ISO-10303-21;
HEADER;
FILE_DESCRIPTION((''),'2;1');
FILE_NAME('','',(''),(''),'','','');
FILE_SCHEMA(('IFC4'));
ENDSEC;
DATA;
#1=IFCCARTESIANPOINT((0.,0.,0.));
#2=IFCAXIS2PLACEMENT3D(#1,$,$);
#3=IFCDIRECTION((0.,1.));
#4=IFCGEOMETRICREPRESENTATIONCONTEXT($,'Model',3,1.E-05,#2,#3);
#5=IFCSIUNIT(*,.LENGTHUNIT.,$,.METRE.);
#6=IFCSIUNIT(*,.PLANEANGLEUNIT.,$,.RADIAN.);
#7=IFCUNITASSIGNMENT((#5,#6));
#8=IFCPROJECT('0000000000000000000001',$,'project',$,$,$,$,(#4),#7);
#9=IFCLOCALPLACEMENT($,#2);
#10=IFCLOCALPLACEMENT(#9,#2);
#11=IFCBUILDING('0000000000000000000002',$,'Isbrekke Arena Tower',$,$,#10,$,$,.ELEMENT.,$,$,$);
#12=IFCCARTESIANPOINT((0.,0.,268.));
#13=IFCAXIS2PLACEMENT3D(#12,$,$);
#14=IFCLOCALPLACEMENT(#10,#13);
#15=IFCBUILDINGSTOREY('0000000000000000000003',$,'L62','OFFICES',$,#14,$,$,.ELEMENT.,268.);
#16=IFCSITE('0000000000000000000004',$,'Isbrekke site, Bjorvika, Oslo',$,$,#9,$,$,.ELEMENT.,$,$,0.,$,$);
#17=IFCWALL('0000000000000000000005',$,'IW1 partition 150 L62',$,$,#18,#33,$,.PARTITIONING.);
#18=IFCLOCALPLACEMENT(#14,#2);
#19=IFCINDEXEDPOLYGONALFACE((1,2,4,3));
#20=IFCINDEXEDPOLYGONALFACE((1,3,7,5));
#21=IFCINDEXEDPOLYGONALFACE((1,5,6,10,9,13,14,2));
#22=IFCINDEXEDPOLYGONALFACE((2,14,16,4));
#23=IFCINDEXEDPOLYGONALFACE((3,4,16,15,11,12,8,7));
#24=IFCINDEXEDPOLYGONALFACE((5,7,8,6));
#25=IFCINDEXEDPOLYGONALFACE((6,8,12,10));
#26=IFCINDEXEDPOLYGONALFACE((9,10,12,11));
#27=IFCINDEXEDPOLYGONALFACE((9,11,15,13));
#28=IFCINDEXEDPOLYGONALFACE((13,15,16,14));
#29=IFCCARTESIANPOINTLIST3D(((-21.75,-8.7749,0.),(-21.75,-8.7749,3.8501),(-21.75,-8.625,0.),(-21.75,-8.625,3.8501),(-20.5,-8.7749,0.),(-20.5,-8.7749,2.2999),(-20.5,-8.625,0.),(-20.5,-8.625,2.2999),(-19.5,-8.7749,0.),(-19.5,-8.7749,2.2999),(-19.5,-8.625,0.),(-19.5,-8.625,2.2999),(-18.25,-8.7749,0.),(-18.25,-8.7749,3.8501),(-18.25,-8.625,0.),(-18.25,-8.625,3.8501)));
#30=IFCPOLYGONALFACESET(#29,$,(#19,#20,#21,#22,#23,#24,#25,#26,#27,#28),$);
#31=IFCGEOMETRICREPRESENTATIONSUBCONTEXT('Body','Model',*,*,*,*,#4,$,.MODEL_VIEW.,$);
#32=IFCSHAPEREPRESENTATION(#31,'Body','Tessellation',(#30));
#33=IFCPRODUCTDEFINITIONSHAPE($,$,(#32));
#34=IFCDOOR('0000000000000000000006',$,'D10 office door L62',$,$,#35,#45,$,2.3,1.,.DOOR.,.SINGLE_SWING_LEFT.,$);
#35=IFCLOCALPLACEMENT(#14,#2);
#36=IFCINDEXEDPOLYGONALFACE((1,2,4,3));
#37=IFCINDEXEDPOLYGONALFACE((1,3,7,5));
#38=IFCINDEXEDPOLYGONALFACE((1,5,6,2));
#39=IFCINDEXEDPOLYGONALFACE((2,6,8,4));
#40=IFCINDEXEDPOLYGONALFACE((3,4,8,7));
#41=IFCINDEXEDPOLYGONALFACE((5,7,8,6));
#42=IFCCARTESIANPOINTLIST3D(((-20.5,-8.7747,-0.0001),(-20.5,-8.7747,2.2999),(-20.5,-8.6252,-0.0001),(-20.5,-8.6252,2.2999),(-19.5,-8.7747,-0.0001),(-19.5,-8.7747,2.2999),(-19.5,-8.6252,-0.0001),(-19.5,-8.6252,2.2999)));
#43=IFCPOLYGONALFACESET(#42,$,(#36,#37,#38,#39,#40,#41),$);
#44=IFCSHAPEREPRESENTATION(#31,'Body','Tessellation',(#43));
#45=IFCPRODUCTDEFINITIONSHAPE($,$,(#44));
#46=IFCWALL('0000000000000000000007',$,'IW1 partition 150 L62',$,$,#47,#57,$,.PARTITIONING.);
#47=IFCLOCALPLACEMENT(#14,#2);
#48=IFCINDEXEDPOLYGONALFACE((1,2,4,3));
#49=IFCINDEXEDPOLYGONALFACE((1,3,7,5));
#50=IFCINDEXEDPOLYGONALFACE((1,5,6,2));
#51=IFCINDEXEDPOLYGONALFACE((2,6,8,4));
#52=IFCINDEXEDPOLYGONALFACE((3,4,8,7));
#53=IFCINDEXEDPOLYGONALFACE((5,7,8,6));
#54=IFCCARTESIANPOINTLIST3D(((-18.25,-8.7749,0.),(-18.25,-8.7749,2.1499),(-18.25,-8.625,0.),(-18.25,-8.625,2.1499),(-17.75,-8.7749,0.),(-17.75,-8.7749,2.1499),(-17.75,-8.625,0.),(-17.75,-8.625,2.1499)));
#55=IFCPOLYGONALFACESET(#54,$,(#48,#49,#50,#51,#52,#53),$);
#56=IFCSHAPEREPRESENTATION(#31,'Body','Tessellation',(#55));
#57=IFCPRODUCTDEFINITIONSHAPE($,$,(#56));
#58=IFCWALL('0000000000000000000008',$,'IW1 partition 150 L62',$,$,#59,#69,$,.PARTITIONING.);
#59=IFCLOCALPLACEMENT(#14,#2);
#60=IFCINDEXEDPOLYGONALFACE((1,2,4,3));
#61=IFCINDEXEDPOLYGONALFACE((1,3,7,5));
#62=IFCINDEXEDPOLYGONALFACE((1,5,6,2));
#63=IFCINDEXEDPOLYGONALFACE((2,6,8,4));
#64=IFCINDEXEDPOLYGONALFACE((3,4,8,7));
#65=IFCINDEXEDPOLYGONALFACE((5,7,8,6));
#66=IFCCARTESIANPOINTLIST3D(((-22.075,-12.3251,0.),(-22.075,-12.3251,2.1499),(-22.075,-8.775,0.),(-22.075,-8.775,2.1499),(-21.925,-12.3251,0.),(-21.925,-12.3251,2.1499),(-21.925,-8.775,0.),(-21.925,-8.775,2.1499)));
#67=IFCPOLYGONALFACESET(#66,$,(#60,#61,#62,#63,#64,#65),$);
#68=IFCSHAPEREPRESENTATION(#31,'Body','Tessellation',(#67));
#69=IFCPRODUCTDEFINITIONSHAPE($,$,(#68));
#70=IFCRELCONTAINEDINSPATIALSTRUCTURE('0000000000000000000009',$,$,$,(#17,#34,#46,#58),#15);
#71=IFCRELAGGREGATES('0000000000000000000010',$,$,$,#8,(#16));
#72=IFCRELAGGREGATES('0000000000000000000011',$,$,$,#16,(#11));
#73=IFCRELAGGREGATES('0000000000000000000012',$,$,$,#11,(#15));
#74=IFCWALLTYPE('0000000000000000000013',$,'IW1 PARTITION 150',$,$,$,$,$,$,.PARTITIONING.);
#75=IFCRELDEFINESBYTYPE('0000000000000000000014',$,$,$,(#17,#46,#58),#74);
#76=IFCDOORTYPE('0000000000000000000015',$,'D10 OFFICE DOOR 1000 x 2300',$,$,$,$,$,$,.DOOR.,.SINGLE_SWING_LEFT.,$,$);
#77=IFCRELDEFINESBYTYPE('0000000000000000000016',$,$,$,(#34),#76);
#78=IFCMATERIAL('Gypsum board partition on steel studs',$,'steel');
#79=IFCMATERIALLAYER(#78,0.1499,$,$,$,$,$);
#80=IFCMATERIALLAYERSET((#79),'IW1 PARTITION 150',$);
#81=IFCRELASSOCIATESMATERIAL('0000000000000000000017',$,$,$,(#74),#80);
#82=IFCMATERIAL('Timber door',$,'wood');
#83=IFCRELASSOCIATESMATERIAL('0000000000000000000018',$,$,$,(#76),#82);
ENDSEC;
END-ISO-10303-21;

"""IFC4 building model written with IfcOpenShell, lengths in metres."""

from ifc_helpers import new_model, si_unit, direction, frame, frame_2d, origin, place, context, subcontext, project, spatial, rectangle, extrude, material, layer, layer_set, type_object, element, fill, save


model = new_model("IFC4")

# Units and contexts
model_context = context("Model", 3, precision=1e-05, world=origin(), true_north=direction((0.0, 1.0)))
body_context = subcontext(model_context, "Body", "Model", "MODEL_VIEW")
ifc_project = project(units=[si_unit("LENGTHUNIT", "METRE"), si_unit("PLANEANGLEUNIT", "RADIAN")], contexts=[model_context])

# Site, building, storey
site_placement = place(None, origin())
site = spatial("IfcSite", under=ifc_project, at=site_placement, Name="Isbrekke site, Bjorvika, Oslo", CompositionType="ELEMENT", RefElevation=0.0)
building_placement = place(site_placement, origin())
building = spatial("IfcBuilding", under=site, at=building_placement, Name="Isbrekke Arena Tower", CompositionType="ELEMENT")
storey_placement = place(building_placement, frame((0.0, 0.0, 268.0)))
storey = spatial("IfcBuildingStorey", under=building, at=storey_placement, Name="L62", Description="OFFICES", CompositionType="ELEMENT", Elevation=268.0)

# Shared definitions
ifc_material_1 = material(Name="Gypsum board partition on steel studs", Category="steel")
ifc_layer = layer(ifc_material_1, 0.1499)
ifc_layer_set = layer_set([ifc_layer], Name="IW1 PARTITION 150")
wall_type = type_object("IfcWallType", Name="IW1 PARTITION 150", PredefinedType="PARTITIONING", material=ifc_layer_set)

# Wall, opening, door
wall_1_placement = place(storey_placement, frame((-21.75, -8.7, 0.0), z_axis=(0.0, 0.0, 1.0), x_axis=(1.0, 0.0, 0.0)))
wall_1 = element("IfcWall", 1, at=wall_1_placement, inside=storey, type_object=wall_type, Name="IW1 partition 150 L62", PredefinedType="PARTITIONING", context=body_context, shape_type="SweptSolid", body=[
    extrude(rectangle(XDim=3.5, YDim=0.1499, at=frame_2d((1.75, 0.0))), origin(), (0.0, 0.0, 1.0), 3.8501),
])
opening_placement = place(wall_1_placement, frame((1.25, 0.0, 0.0)))
opening = element("IfcOpeningElement", 2, at=opening_placement, cuts=wall_1, PredefinedType="OPENING", context=body_context, shape_type="SweptSolid", body=[
    extrude(rectangle(XDim=1.0, YDim=2.3, at=frame_2d((0.5, 1.1499))), frame((0.0, 0.0898, 0.0), z_axis=(0.0, -1.0, 0.0), x_axis=(1.0, 0.0, 0.0)), (0.0, 0.0, 1.0), 0.1797),
])
ifc_material_2 = material(Name="Timber door", Category="wood")
door_type = type_object("IfcDoorType", Name="D10 OFFICE DOOR 1000 x 2300", OperationType="SINGLE_SWING_LEFT", PredefinedType="DOOR", material=ifc_material_2)
door_placement = place(opening_placement, origin())
door = element("IfcDoor", 3, at=door_placement, inside=storey, type_object=door_type, Name="D10 office door L62", OperationType="SINGLE_SWING_LEFT", OverallHeight=2.3, OverallWidth=1.0, PredefinedType="DOOR", context=body_context, shape_type="SweptSolid", body=[
    extrude(rectangle(XDim=1.0, YDim=2.3, at=frame_2d((0.5, 1.1499))), frame((0.0, 0.0747, 0.0), z_axis=(0.0, -1.0, 0.0), x_axis=(1.0, 0.0, 0.0)), (0.0, 0.0, 1.0), 0.1494),
])
fill(opening, door)

# Walls
wall_2_placement = place(storey_placement, frame((-18.25, -8.7, 0.0), z_axis=(0.0, 0.0, 1.0), x_axis=(1.0, 0.0, 0.0)))
element("IfcWall", 4, at=wall_2_placement, inside=storey, type_object=wall_type, Name="IW1 partition 150 L62", PredefinedType="PARTITIONING", context=body_context, shape_type="SweptSolid", body=[
    extrude(rectangle(XDim=0.5, YDim=0.1499, at=frame_2d((0.25, 0.0))), origin(), (0.0, 0.0, 1.0), 2.1499),
])
wall_3_placement = place(storey_placement, frame((-22.0, -12.325, 0.0), z_axis=(0.0, 0.0, 1.0), x_axis=(0.0, 1.0, 0.0)))
element("IfcWall", 5, at=wall_3_placement, inside=storey, type_object=wall_type, Name="IW1 partition 150 L62", PredefinedType="PARTITIONING", context=body_context, shape_type="SweptSolid", body=[
    extrude(rectangle(XDim=3.55, YDim=0.1499, at=frame_2d((1.7749, 0.0))), origin(), (0.0, 0.0, 1.0), 2.1499),
])

save(model, "model.ifc")
